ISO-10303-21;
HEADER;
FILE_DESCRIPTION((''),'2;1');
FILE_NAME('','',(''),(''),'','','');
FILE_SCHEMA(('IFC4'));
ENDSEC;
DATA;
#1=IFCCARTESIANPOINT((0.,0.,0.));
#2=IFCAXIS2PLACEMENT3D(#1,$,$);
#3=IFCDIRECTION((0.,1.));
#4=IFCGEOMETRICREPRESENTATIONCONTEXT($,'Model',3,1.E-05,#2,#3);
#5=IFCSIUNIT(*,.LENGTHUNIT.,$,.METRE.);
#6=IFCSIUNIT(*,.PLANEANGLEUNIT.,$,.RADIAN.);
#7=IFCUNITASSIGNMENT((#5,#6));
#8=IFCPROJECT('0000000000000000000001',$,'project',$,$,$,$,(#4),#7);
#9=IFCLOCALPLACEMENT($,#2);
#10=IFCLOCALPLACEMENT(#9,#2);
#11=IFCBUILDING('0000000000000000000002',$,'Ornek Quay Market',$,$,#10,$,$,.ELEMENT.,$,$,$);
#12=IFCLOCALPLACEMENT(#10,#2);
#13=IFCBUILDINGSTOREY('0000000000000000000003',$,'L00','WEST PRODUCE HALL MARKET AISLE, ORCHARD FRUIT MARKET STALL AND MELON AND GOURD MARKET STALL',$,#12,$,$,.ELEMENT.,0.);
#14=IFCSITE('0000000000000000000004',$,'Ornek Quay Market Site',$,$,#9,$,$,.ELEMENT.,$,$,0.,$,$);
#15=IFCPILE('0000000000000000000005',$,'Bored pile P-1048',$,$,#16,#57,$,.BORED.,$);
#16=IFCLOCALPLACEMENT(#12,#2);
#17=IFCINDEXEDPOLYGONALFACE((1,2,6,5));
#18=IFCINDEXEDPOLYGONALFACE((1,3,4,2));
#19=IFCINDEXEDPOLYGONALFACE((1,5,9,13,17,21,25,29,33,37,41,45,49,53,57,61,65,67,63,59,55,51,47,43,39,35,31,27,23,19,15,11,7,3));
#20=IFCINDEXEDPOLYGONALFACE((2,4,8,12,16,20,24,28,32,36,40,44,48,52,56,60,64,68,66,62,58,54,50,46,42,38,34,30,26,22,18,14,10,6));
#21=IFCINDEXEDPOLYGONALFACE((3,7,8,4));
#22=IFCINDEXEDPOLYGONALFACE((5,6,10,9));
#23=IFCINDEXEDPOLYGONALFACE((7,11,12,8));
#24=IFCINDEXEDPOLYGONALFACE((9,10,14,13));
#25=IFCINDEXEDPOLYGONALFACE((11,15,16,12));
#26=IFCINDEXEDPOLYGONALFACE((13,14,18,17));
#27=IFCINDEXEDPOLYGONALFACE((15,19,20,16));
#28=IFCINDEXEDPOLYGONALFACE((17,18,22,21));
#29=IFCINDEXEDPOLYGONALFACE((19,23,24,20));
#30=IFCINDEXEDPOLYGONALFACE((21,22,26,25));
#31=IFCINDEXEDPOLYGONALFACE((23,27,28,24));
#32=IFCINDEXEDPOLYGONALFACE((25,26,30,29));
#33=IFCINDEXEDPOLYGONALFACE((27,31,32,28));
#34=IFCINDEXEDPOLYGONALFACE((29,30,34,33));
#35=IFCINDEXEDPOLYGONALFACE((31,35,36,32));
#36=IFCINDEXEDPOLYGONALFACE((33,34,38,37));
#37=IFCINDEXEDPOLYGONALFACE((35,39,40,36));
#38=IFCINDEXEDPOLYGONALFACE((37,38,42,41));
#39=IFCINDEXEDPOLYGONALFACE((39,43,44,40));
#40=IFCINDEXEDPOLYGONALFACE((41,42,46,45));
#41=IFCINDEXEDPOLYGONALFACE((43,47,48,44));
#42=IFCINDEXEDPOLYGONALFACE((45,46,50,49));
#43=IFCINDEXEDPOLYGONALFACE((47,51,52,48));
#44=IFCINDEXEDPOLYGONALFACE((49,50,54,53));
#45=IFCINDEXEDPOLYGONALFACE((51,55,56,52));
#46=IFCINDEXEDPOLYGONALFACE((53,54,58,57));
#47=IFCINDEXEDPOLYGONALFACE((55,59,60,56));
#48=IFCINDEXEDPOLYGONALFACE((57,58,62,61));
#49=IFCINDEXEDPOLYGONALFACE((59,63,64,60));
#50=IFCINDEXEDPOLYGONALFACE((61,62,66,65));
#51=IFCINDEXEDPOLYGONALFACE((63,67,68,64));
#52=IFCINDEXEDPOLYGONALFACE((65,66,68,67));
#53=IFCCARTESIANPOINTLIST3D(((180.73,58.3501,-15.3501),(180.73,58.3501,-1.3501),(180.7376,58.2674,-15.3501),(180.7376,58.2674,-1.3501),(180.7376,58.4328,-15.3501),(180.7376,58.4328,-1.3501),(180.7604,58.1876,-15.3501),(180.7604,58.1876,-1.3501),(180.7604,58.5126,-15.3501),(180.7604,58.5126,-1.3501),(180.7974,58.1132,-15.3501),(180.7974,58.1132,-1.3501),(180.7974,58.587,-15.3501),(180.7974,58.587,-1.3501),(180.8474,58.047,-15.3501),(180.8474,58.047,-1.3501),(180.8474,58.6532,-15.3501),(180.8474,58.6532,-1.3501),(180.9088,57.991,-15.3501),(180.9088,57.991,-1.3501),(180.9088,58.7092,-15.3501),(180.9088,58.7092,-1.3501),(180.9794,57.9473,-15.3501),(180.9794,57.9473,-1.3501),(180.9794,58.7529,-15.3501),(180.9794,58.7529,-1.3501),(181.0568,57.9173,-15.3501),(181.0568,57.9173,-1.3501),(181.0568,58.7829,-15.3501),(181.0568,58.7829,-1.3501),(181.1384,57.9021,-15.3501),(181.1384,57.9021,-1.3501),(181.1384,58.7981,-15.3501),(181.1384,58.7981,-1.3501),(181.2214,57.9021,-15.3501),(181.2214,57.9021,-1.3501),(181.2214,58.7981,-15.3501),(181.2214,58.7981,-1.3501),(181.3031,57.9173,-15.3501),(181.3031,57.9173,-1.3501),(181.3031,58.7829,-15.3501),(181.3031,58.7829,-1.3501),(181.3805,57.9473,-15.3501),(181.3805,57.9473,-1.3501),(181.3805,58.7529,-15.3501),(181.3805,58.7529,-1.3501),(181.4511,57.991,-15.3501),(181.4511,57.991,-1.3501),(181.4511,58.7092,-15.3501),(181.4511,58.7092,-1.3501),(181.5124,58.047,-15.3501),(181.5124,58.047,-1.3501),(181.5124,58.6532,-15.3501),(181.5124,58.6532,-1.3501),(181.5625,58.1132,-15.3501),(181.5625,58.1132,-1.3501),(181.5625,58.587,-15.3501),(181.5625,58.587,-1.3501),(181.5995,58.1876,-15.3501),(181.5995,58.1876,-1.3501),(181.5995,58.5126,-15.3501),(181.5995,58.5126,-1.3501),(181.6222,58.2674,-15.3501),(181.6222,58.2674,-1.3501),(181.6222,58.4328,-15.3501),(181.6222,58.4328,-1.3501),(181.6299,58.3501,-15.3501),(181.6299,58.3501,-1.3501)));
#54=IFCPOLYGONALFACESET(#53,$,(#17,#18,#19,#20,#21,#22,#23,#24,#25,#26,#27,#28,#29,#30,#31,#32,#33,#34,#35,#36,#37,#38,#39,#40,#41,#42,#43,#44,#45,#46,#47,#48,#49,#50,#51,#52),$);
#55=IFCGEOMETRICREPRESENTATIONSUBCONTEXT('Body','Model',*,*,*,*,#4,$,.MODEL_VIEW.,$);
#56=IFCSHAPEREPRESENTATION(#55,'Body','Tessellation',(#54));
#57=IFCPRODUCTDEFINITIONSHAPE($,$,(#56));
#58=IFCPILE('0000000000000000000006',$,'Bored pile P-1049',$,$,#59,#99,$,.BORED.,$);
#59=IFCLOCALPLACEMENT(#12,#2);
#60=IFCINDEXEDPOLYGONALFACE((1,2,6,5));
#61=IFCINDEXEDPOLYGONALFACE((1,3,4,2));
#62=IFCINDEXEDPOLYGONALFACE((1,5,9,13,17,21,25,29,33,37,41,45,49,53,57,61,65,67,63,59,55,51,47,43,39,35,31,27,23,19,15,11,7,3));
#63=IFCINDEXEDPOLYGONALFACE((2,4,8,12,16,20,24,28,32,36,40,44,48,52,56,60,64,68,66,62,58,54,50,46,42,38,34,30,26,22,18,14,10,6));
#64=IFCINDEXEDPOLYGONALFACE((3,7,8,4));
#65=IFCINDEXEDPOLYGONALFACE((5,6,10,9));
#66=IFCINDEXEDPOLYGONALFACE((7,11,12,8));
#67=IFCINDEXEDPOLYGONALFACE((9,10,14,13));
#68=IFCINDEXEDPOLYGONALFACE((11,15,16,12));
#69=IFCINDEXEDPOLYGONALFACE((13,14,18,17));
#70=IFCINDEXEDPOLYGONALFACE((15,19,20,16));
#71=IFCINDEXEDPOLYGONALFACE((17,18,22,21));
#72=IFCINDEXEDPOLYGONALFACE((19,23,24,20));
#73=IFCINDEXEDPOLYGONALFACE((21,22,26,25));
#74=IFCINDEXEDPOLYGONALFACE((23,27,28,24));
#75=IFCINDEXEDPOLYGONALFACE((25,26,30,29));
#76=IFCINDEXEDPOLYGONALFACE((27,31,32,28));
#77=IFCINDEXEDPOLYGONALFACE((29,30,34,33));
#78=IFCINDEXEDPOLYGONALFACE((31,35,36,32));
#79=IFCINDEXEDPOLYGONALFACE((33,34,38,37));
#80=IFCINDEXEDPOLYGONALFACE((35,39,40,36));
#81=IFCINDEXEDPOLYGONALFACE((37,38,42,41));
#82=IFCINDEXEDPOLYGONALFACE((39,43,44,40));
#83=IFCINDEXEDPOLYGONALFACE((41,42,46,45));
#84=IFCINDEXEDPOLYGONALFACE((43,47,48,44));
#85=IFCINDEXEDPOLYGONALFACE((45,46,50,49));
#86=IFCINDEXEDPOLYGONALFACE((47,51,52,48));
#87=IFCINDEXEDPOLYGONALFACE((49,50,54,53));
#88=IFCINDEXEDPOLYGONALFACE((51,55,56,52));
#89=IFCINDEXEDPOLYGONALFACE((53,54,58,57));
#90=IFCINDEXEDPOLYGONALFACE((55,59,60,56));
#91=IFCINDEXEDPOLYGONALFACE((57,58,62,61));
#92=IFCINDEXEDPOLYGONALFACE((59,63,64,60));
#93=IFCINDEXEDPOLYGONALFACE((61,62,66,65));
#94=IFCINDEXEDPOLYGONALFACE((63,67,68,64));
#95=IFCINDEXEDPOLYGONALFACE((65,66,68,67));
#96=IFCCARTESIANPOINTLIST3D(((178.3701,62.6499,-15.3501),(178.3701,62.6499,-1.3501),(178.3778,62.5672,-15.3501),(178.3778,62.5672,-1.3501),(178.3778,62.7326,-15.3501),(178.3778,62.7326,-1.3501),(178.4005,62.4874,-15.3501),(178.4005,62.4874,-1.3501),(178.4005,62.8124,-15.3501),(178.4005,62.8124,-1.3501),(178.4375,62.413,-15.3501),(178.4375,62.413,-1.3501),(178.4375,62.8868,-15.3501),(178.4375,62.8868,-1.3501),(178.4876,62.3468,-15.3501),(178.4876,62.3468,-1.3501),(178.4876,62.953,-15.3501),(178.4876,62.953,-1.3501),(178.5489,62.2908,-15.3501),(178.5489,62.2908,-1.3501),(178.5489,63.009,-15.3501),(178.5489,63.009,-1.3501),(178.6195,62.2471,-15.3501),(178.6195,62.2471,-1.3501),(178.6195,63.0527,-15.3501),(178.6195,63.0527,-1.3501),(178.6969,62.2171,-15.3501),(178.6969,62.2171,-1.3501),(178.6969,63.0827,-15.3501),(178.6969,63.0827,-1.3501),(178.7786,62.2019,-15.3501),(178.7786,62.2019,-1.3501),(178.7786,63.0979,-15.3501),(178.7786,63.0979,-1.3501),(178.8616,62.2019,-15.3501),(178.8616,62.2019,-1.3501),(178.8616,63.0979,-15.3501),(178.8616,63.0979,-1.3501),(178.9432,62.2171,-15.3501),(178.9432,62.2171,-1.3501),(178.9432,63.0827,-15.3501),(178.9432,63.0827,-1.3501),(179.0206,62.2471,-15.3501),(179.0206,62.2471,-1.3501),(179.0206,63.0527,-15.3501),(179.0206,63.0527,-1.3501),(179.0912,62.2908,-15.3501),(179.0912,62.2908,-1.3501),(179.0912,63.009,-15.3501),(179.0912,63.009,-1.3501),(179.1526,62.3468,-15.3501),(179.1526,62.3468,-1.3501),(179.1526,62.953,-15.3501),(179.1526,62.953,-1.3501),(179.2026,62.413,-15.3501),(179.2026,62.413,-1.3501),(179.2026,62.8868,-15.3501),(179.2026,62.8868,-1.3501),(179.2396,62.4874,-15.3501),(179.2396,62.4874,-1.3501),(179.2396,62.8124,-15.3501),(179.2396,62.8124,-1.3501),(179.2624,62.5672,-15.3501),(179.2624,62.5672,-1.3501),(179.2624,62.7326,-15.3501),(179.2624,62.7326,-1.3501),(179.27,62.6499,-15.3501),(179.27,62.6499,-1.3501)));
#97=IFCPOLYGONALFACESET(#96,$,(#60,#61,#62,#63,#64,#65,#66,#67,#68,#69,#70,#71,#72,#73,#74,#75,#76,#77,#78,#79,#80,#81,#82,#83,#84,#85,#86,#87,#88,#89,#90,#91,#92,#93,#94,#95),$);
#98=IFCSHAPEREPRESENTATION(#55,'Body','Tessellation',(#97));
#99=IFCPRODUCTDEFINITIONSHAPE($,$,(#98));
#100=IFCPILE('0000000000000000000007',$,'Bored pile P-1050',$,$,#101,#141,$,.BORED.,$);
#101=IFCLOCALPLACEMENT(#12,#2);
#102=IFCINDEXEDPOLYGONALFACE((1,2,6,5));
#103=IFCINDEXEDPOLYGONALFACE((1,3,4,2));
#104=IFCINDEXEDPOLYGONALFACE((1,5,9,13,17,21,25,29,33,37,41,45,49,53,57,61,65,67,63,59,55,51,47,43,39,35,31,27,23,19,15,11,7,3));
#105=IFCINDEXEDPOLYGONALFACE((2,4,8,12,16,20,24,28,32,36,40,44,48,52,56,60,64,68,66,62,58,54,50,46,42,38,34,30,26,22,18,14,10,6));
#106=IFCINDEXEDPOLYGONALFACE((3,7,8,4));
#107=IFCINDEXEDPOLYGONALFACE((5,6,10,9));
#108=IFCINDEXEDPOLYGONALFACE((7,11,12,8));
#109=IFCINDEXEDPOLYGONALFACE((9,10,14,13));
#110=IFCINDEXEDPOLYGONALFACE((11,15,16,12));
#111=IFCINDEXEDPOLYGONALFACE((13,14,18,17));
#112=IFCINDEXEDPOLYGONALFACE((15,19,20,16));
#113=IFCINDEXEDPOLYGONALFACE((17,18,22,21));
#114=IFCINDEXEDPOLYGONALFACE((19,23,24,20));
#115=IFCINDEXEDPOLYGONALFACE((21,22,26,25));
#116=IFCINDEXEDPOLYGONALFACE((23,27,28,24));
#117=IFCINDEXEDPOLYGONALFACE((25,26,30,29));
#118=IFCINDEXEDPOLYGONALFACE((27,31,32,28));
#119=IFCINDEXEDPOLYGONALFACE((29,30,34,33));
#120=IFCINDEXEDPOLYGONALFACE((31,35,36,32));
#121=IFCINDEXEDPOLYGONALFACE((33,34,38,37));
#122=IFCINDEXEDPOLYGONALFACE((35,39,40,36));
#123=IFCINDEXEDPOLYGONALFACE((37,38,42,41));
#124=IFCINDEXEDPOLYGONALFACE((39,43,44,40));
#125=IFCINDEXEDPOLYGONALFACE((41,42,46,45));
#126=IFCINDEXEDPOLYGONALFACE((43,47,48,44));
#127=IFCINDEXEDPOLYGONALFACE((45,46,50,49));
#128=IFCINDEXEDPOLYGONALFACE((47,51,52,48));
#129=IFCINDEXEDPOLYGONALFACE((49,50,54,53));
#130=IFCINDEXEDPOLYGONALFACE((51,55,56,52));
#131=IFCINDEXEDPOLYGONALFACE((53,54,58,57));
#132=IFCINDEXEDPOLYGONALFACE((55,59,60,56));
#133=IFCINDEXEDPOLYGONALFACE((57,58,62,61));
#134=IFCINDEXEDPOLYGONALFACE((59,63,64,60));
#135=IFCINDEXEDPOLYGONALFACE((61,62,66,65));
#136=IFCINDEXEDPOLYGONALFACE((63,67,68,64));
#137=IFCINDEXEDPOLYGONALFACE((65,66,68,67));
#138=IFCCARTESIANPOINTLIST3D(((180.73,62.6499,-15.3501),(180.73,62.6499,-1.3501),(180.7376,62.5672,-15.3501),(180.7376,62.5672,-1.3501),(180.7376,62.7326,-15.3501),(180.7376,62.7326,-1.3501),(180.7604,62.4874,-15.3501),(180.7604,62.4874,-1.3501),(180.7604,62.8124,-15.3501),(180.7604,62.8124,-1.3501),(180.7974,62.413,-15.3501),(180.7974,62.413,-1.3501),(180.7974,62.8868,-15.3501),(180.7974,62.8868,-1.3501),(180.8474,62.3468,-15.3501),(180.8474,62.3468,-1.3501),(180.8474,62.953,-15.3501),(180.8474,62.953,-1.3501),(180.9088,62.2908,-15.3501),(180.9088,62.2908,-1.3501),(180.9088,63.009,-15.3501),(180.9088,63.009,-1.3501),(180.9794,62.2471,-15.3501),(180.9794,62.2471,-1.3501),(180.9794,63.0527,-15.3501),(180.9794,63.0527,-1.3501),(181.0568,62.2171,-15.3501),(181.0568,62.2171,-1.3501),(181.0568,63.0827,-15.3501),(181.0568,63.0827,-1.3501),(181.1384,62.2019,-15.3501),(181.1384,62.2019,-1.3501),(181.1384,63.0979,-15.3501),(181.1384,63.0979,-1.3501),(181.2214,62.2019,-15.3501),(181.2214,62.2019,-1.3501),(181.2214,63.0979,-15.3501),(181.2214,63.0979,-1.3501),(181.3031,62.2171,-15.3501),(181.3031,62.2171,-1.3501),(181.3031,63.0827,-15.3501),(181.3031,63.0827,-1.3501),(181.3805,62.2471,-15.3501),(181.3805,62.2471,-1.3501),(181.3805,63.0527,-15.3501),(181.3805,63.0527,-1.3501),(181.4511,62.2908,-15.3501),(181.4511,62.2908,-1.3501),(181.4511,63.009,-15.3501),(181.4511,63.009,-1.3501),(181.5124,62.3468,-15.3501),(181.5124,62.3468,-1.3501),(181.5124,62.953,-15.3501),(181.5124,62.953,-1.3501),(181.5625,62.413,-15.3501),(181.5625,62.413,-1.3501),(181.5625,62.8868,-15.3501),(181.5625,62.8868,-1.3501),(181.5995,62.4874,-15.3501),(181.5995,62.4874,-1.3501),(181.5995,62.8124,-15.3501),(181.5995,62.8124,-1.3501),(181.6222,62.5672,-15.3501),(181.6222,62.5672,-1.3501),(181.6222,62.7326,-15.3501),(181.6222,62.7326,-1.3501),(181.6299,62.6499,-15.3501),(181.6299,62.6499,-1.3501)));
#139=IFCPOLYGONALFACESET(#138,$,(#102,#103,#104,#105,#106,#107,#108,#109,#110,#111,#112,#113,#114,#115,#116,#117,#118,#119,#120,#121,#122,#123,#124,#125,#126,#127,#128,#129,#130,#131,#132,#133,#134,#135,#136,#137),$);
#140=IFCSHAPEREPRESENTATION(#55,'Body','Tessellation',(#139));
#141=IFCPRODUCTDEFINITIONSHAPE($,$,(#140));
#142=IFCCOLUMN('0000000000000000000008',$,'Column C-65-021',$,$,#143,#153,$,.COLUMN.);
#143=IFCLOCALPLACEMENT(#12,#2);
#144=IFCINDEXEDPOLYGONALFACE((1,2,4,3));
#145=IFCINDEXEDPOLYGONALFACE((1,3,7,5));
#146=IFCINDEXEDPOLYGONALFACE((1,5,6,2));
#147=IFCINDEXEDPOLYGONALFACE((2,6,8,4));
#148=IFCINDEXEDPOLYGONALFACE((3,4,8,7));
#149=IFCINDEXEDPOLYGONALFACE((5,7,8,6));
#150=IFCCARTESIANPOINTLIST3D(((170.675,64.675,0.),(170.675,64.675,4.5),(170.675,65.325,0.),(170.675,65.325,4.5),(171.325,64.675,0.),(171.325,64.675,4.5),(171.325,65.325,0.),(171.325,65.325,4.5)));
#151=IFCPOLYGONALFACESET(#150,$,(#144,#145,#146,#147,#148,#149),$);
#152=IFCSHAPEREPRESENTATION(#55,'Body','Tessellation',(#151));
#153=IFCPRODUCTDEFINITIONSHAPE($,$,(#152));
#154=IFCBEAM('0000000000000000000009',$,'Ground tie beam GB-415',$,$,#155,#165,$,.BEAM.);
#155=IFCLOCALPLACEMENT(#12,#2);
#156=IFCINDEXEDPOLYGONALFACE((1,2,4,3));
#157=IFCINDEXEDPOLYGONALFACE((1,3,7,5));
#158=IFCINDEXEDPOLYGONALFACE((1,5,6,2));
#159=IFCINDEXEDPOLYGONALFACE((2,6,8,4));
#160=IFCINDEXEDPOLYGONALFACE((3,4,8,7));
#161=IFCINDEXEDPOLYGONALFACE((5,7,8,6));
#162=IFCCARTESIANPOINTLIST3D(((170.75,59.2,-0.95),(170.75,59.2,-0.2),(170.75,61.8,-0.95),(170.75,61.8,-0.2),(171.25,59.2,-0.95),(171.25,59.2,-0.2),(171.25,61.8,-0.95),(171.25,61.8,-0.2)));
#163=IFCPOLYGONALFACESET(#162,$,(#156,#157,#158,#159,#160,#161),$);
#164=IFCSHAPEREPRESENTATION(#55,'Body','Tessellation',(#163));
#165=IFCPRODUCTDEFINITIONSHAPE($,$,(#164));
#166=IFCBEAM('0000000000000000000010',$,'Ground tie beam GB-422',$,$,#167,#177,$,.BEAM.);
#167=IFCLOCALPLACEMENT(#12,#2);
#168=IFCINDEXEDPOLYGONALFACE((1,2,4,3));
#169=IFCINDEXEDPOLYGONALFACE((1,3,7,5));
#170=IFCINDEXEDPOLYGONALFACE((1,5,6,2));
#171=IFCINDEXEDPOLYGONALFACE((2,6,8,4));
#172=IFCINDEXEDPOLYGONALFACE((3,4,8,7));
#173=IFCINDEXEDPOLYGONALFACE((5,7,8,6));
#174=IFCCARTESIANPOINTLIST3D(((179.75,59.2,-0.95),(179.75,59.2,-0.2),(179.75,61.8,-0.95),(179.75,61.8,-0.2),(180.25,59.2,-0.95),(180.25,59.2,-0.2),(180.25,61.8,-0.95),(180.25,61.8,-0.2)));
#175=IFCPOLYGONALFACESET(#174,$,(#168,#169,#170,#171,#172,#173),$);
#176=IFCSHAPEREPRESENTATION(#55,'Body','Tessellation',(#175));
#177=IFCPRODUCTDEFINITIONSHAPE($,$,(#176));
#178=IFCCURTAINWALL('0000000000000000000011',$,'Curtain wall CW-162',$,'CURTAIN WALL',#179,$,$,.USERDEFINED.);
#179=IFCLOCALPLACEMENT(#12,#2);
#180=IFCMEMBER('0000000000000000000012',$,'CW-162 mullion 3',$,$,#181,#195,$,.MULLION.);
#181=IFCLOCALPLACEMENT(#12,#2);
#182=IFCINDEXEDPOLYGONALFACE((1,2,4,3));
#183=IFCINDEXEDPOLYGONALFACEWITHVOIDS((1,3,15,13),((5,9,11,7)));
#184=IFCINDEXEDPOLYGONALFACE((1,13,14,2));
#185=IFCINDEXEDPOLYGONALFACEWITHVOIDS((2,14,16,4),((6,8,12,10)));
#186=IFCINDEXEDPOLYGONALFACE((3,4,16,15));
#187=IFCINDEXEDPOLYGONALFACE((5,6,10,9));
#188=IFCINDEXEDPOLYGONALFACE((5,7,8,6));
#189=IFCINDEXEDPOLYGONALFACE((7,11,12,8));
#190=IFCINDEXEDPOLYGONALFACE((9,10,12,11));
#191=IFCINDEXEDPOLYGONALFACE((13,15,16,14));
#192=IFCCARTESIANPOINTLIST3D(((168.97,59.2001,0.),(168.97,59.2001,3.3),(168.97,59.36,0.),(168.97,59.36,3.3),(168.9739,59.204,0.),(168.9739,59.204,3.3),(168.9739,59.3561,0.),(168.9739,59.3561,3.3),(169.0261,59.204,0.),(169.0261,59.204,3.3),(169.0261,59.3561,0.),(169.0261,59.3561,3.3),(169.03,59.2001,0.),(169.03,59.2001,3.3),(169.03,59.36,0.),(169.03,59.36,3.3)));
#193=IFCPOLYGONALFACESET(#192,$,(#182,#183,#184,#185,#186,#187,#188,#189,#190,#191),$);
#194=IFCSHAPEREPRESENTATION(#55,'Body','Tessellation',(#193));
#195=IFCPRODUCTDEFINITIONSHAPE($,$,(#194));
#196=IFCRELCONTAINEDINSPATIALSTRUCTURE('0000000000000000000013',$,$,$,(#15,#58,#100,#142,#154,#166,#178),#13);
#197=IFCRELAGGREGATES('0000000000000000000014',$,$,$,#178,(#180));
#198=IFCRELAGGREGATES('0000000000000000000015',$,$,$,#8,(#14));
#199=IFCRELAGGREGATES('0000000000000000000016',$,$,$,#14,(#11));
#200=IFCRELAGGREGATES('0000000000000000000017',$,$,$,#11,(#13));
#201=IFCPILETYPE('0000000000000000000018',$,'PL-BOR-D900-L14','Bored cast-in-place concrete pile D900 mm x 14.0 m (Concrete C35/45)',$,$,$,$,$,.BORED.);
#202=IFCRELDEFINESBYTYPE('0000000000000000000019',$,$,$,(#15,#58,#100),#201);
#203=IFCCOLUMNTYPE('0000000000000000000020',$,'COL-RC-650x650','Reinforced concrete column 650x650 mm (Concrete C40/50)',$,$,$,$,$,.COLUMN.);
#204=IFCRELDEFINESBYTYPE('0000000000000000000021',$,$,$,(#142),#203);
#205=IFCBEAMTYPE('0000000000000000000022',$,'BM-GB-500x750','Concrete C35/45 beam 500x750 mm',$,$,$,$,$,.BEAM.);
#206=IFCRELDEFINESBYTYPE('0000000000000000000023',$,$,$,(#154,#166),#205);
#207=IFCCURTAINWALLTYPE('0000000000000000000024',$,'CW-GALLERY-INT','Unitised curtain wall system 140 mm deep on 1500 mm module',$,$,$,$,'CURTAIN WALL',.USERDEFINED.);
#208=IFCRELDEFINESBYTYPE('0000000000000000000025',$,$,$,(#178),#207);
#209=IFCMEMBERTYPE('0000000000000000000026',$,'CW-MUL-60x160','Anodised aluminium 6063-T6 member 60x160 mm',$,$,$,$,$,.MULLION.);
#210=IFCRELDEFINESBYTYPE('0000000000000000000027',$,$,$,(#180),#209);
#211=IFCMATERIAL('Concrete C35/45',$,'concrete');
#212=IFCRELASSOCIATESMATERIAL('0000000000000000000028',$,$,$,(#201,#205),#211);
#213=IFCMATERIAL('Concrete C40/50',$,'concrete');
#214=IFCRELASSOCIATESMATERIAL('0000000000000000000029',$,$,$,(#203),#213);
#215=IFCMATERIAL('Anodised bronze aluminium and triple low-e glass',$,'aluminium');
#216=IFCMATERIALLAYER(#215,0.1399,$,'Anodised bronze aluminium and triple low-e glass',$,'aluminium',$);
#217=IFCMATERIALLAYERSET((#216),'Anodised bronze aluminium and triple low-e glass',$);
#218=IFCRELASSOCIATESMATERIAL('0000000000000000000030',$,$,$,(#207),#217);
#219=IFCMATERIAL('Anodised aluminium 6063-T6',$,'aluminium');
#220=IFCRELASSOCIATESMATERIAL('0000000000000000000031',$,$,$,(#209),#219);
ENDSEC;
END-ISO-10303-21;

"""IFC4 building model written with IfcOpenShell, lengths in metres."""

from ifc_helpers import new_model, si_unit, direction, frame, origin, origin_2d, place, context, subcontext, project, spatial, rectangle, hollow_rectangle, circle, extrude, material, layer, layer_set, material_profile, profile_set, type_object, element, aggregate, save


model = new_model("IFC4")

# Units and contexts
model_context = context("Model", 3, precision=1e-05, world=origin(), true_north=direction((0.0, 1.0)))
body_context = subcontext(model_context, "Body", "Model", "MODEL_VIEW")
ifc_project = project(units=[si_unit("LENGTHUNIT", "METRE"), si_unit("PLANEANGLEUNIT", "RADIAN")], contexts=[model_context])

# Site, building, storey
site_placement = place(None, origin())
site = spatial("IfcSite", under=ifc_project, at=site_placement, Name="Ornek Quay Market Site", CompositionType="ELEMENT", RefElevation=0.0)
building_placement = place(site_placement, origin())
building = spatial("IfcBuilding", under=site, at=building_placement, Name="Ornek Quay Market", CompositionType="ELEMENT")
storey_placement = place(building_placement, origin())
storey = spatial("IfcBuildingStorey", under=building, at=storey_placement, Name="L00", Description="WEST PRODUCE HALL MARKET AISLE, ORCHARD FRUIT MARKET STALL AND MELON AND GOURD MARKET STALL", CompositionType="ELEMENT", Elevation=0.0)

# Piles
ifc_material_1 = material(Name="Concrete C35/45", Category="concrete")
ifc_material_profile_1 = material_profile(ifc_material_1, circle(Radius=0.45, at=origin_2d()), Name="PILE D900", Category="concrete")
ifc_profile_set_1 = profile_set([ifc_material_profile_1], Name="Concrete C35/45")
pile_type = type_object("IfcPileType", Name="PL-BOR-D900-L14", Description="Bored cast-in-place concrete pile D900 mm x 14.0 m (Concrete C35/45)", PredefinedType="BORED", material=ifc_profile_set_1)
for number, where, z_axis, x_axis, name in (
    (1, (181.1799, 58.3501, -1.3501), (0.0, 0.0, -1.0), (1.0, 0.0, 0.0), "Bored pile P-1048"),
    (2, (178.8201, 62.6499, -1.3501), (0.0, 0.0, -1.0), (1.0, 0.0, 0.0), "Bored pile P-1049"),
    (3, (181.1799, 62.6499, -1.3501), (0.0, 0.0, -1.0), (1.0, 0.0, 0.0), "Bored pile P-1050"),
):
    element("IfcPile", number, at=place(storey_placement, frame(where, z_axis=z_axis, x_axis=x_axis)), inside=storey, type_object=pile_type, Name=name, PredefinedType="BORED", context=body_context, shape_type="SweptSolid", body=[
        extrude(circle(Radius=0.45, at=origin_2d()), origin(), (0.0, 0.0, 1.0), 14.0),
    ])

# Column
ifc_material_2 = material(Name="Concrete C40/50", Category="concrete")
ifc_material_profile_2 = material_profile(ifc_material_2, rectangle(XDim=0.6499, YDim=0.6499, at=origin_2d()), Name="RC 650x650", Category="concrete")
ifc_profile_set_2 = profile_set([ifc_material_profile_2], Name="Concrete C40/50")
column_type = type_object("IfcColumnType", Name="COL-RC-650x650", Description="Reinforced concrete column 650x650 mm (Concrete C40/50)", PredefinedType="COLUMN", material=ifc_profile_set_2)
column_placement = place(storey_placement, frame((171.0, 65.0, 0.0), z_axis=(0.0, 0.0, 1.0), x_axis=(1.0, 0.0, 0.0)))
element("IfcColumn", 4, at=column_placement, inside=storey, type_object=column_type, Name="Column C-65-021", PredefinedType="COLUMN", context=body_context, shape_type="SweptSolid", body=[
    extrude(rectangle(XDim=0.6499, YDim=0.6499, at=origin_2d()), origin(), (0.0, 0.0, 1.0), 4.5),
])

# Beams
ifc_material_profile_3 = material_profile(ifc_material_1, rectangle(XDim=0.5, YDim=0.75, at=origin_2d()), Name="RC 500x750", Category="concrete")
ifc_profile_set_3 = profile_set([ifc_material_profile_3], Name="Concrete C35/45")
beam_type = type_object("IfcBeamType", Name="BM-GB-500x750", Description="Concrete C35/45 beam 500x750 mm", PredefinedType="BEAM", material=ifc_profile_set_3)
for number, where, z_axis, x_axis, name in (
    (5, (171.0, 59.2, -0.575), (0.0, 1.0, 0.0), (-1.0, 0.0, 0.0), "Ground tie beam GB-415"),
    (6, (180.0, 59.2, -0.575), (0.0, 1.0, 0.0), (-1.0, 0.0, 0.0), "Ground tie beam GB-422"),
):
    element("IfcBeam", number, at=place(storey_placement, frame(where, z_axis=z_axis, x_axis=x_axis)), inside=storey, type_object=beam_type, Name=name, PredefinedType="BEAM", context=body_context, shape_type="SweptSolid", body=[
        extrude(rectangle(XDim=0.5, YDim=0.75, at=origin_2d()), origin(), (0.0, 0.0, 1.0), 2.6001),
    ])

# Curtain wall, member
ifc_material_3 = material(Name="Anodised bronze aluminium and triple low-e glass", Category="aluminium")
ifc_layer_1 = layer(ifc_material_3, 0.1399, Name="Anodised bronze aluminium and triple low-e glass", Category="aluminium")
ifc_layer_set_1 = layer_set([ifc_layer_1], Name="Anodised bronze aluminium and triple low-e glass")
curtain_wall_type = type_object("IfcCurtainWallType", Name="CW-GALLERY-INT", Description="Unitised curtain wall system 140 mm deep on 1500 mm module", ElementType="CURTAIN WALL", PredefinedType="USERDEFINED", material=ifc_layer_set_1)
curtain_wall_placement = place(storey_placement, origin())
curtain_wall = element("IfcCurtainWall", 7, at=curtain_wall_placement, inside=storey, type_object=curtain_wall_type, Name="Curtain wall CW-162", ObjectType="CURTAIN WALL", PredefinedType="USERDEFINED")
ifc_material_4 = material(Name="Anodised aluminium 6063-T6", Category="aluminium")
ifc_material_profile_4 = material_profile(ifc_material_4, hollow_rectangle(XDim=0.0601, YDim=0.1599, WallThickness=0.0039, at=origin_2d()), Name="CW-MUL-60x160", Category="aluminium")
ifc_profile_set_4 = profile_set([ifc_material_profile_4], Name="Anodised aluminium 6063-T6")
member_type_1 = type_object("IfcMemberType", Name="CW-MUL-60x160", Description="Anodised aluminium 6063-T6 member 60x160 mm", PredefinedType="MULLION", material=ifc_profile_set_4)
member_1_placement = place(storey_placement, frame((169.0, 59.28, 0.0), z_axis=(0.0, 0.0, 1.0), x_axis=(-1.0, 0.0, 0.0)))
member_1 = element("IfcMember", 8, at=member_1_placement, type_object=member_type_1, Name="CW-162 mullion 3", PredefinedType="MULLION", context=body_context, shape_type="SweptSolid", body=[
    extrude(hollow_rectangle(XDim=0.0601, YDim=0.1599, WallThickness=0.0039, at=origin_2d()), origin(), (0.0, 0.0, 1.0), 3.3),
])
aggregate(curtain_wall, [member_1])

save(model, "model.ifc")
